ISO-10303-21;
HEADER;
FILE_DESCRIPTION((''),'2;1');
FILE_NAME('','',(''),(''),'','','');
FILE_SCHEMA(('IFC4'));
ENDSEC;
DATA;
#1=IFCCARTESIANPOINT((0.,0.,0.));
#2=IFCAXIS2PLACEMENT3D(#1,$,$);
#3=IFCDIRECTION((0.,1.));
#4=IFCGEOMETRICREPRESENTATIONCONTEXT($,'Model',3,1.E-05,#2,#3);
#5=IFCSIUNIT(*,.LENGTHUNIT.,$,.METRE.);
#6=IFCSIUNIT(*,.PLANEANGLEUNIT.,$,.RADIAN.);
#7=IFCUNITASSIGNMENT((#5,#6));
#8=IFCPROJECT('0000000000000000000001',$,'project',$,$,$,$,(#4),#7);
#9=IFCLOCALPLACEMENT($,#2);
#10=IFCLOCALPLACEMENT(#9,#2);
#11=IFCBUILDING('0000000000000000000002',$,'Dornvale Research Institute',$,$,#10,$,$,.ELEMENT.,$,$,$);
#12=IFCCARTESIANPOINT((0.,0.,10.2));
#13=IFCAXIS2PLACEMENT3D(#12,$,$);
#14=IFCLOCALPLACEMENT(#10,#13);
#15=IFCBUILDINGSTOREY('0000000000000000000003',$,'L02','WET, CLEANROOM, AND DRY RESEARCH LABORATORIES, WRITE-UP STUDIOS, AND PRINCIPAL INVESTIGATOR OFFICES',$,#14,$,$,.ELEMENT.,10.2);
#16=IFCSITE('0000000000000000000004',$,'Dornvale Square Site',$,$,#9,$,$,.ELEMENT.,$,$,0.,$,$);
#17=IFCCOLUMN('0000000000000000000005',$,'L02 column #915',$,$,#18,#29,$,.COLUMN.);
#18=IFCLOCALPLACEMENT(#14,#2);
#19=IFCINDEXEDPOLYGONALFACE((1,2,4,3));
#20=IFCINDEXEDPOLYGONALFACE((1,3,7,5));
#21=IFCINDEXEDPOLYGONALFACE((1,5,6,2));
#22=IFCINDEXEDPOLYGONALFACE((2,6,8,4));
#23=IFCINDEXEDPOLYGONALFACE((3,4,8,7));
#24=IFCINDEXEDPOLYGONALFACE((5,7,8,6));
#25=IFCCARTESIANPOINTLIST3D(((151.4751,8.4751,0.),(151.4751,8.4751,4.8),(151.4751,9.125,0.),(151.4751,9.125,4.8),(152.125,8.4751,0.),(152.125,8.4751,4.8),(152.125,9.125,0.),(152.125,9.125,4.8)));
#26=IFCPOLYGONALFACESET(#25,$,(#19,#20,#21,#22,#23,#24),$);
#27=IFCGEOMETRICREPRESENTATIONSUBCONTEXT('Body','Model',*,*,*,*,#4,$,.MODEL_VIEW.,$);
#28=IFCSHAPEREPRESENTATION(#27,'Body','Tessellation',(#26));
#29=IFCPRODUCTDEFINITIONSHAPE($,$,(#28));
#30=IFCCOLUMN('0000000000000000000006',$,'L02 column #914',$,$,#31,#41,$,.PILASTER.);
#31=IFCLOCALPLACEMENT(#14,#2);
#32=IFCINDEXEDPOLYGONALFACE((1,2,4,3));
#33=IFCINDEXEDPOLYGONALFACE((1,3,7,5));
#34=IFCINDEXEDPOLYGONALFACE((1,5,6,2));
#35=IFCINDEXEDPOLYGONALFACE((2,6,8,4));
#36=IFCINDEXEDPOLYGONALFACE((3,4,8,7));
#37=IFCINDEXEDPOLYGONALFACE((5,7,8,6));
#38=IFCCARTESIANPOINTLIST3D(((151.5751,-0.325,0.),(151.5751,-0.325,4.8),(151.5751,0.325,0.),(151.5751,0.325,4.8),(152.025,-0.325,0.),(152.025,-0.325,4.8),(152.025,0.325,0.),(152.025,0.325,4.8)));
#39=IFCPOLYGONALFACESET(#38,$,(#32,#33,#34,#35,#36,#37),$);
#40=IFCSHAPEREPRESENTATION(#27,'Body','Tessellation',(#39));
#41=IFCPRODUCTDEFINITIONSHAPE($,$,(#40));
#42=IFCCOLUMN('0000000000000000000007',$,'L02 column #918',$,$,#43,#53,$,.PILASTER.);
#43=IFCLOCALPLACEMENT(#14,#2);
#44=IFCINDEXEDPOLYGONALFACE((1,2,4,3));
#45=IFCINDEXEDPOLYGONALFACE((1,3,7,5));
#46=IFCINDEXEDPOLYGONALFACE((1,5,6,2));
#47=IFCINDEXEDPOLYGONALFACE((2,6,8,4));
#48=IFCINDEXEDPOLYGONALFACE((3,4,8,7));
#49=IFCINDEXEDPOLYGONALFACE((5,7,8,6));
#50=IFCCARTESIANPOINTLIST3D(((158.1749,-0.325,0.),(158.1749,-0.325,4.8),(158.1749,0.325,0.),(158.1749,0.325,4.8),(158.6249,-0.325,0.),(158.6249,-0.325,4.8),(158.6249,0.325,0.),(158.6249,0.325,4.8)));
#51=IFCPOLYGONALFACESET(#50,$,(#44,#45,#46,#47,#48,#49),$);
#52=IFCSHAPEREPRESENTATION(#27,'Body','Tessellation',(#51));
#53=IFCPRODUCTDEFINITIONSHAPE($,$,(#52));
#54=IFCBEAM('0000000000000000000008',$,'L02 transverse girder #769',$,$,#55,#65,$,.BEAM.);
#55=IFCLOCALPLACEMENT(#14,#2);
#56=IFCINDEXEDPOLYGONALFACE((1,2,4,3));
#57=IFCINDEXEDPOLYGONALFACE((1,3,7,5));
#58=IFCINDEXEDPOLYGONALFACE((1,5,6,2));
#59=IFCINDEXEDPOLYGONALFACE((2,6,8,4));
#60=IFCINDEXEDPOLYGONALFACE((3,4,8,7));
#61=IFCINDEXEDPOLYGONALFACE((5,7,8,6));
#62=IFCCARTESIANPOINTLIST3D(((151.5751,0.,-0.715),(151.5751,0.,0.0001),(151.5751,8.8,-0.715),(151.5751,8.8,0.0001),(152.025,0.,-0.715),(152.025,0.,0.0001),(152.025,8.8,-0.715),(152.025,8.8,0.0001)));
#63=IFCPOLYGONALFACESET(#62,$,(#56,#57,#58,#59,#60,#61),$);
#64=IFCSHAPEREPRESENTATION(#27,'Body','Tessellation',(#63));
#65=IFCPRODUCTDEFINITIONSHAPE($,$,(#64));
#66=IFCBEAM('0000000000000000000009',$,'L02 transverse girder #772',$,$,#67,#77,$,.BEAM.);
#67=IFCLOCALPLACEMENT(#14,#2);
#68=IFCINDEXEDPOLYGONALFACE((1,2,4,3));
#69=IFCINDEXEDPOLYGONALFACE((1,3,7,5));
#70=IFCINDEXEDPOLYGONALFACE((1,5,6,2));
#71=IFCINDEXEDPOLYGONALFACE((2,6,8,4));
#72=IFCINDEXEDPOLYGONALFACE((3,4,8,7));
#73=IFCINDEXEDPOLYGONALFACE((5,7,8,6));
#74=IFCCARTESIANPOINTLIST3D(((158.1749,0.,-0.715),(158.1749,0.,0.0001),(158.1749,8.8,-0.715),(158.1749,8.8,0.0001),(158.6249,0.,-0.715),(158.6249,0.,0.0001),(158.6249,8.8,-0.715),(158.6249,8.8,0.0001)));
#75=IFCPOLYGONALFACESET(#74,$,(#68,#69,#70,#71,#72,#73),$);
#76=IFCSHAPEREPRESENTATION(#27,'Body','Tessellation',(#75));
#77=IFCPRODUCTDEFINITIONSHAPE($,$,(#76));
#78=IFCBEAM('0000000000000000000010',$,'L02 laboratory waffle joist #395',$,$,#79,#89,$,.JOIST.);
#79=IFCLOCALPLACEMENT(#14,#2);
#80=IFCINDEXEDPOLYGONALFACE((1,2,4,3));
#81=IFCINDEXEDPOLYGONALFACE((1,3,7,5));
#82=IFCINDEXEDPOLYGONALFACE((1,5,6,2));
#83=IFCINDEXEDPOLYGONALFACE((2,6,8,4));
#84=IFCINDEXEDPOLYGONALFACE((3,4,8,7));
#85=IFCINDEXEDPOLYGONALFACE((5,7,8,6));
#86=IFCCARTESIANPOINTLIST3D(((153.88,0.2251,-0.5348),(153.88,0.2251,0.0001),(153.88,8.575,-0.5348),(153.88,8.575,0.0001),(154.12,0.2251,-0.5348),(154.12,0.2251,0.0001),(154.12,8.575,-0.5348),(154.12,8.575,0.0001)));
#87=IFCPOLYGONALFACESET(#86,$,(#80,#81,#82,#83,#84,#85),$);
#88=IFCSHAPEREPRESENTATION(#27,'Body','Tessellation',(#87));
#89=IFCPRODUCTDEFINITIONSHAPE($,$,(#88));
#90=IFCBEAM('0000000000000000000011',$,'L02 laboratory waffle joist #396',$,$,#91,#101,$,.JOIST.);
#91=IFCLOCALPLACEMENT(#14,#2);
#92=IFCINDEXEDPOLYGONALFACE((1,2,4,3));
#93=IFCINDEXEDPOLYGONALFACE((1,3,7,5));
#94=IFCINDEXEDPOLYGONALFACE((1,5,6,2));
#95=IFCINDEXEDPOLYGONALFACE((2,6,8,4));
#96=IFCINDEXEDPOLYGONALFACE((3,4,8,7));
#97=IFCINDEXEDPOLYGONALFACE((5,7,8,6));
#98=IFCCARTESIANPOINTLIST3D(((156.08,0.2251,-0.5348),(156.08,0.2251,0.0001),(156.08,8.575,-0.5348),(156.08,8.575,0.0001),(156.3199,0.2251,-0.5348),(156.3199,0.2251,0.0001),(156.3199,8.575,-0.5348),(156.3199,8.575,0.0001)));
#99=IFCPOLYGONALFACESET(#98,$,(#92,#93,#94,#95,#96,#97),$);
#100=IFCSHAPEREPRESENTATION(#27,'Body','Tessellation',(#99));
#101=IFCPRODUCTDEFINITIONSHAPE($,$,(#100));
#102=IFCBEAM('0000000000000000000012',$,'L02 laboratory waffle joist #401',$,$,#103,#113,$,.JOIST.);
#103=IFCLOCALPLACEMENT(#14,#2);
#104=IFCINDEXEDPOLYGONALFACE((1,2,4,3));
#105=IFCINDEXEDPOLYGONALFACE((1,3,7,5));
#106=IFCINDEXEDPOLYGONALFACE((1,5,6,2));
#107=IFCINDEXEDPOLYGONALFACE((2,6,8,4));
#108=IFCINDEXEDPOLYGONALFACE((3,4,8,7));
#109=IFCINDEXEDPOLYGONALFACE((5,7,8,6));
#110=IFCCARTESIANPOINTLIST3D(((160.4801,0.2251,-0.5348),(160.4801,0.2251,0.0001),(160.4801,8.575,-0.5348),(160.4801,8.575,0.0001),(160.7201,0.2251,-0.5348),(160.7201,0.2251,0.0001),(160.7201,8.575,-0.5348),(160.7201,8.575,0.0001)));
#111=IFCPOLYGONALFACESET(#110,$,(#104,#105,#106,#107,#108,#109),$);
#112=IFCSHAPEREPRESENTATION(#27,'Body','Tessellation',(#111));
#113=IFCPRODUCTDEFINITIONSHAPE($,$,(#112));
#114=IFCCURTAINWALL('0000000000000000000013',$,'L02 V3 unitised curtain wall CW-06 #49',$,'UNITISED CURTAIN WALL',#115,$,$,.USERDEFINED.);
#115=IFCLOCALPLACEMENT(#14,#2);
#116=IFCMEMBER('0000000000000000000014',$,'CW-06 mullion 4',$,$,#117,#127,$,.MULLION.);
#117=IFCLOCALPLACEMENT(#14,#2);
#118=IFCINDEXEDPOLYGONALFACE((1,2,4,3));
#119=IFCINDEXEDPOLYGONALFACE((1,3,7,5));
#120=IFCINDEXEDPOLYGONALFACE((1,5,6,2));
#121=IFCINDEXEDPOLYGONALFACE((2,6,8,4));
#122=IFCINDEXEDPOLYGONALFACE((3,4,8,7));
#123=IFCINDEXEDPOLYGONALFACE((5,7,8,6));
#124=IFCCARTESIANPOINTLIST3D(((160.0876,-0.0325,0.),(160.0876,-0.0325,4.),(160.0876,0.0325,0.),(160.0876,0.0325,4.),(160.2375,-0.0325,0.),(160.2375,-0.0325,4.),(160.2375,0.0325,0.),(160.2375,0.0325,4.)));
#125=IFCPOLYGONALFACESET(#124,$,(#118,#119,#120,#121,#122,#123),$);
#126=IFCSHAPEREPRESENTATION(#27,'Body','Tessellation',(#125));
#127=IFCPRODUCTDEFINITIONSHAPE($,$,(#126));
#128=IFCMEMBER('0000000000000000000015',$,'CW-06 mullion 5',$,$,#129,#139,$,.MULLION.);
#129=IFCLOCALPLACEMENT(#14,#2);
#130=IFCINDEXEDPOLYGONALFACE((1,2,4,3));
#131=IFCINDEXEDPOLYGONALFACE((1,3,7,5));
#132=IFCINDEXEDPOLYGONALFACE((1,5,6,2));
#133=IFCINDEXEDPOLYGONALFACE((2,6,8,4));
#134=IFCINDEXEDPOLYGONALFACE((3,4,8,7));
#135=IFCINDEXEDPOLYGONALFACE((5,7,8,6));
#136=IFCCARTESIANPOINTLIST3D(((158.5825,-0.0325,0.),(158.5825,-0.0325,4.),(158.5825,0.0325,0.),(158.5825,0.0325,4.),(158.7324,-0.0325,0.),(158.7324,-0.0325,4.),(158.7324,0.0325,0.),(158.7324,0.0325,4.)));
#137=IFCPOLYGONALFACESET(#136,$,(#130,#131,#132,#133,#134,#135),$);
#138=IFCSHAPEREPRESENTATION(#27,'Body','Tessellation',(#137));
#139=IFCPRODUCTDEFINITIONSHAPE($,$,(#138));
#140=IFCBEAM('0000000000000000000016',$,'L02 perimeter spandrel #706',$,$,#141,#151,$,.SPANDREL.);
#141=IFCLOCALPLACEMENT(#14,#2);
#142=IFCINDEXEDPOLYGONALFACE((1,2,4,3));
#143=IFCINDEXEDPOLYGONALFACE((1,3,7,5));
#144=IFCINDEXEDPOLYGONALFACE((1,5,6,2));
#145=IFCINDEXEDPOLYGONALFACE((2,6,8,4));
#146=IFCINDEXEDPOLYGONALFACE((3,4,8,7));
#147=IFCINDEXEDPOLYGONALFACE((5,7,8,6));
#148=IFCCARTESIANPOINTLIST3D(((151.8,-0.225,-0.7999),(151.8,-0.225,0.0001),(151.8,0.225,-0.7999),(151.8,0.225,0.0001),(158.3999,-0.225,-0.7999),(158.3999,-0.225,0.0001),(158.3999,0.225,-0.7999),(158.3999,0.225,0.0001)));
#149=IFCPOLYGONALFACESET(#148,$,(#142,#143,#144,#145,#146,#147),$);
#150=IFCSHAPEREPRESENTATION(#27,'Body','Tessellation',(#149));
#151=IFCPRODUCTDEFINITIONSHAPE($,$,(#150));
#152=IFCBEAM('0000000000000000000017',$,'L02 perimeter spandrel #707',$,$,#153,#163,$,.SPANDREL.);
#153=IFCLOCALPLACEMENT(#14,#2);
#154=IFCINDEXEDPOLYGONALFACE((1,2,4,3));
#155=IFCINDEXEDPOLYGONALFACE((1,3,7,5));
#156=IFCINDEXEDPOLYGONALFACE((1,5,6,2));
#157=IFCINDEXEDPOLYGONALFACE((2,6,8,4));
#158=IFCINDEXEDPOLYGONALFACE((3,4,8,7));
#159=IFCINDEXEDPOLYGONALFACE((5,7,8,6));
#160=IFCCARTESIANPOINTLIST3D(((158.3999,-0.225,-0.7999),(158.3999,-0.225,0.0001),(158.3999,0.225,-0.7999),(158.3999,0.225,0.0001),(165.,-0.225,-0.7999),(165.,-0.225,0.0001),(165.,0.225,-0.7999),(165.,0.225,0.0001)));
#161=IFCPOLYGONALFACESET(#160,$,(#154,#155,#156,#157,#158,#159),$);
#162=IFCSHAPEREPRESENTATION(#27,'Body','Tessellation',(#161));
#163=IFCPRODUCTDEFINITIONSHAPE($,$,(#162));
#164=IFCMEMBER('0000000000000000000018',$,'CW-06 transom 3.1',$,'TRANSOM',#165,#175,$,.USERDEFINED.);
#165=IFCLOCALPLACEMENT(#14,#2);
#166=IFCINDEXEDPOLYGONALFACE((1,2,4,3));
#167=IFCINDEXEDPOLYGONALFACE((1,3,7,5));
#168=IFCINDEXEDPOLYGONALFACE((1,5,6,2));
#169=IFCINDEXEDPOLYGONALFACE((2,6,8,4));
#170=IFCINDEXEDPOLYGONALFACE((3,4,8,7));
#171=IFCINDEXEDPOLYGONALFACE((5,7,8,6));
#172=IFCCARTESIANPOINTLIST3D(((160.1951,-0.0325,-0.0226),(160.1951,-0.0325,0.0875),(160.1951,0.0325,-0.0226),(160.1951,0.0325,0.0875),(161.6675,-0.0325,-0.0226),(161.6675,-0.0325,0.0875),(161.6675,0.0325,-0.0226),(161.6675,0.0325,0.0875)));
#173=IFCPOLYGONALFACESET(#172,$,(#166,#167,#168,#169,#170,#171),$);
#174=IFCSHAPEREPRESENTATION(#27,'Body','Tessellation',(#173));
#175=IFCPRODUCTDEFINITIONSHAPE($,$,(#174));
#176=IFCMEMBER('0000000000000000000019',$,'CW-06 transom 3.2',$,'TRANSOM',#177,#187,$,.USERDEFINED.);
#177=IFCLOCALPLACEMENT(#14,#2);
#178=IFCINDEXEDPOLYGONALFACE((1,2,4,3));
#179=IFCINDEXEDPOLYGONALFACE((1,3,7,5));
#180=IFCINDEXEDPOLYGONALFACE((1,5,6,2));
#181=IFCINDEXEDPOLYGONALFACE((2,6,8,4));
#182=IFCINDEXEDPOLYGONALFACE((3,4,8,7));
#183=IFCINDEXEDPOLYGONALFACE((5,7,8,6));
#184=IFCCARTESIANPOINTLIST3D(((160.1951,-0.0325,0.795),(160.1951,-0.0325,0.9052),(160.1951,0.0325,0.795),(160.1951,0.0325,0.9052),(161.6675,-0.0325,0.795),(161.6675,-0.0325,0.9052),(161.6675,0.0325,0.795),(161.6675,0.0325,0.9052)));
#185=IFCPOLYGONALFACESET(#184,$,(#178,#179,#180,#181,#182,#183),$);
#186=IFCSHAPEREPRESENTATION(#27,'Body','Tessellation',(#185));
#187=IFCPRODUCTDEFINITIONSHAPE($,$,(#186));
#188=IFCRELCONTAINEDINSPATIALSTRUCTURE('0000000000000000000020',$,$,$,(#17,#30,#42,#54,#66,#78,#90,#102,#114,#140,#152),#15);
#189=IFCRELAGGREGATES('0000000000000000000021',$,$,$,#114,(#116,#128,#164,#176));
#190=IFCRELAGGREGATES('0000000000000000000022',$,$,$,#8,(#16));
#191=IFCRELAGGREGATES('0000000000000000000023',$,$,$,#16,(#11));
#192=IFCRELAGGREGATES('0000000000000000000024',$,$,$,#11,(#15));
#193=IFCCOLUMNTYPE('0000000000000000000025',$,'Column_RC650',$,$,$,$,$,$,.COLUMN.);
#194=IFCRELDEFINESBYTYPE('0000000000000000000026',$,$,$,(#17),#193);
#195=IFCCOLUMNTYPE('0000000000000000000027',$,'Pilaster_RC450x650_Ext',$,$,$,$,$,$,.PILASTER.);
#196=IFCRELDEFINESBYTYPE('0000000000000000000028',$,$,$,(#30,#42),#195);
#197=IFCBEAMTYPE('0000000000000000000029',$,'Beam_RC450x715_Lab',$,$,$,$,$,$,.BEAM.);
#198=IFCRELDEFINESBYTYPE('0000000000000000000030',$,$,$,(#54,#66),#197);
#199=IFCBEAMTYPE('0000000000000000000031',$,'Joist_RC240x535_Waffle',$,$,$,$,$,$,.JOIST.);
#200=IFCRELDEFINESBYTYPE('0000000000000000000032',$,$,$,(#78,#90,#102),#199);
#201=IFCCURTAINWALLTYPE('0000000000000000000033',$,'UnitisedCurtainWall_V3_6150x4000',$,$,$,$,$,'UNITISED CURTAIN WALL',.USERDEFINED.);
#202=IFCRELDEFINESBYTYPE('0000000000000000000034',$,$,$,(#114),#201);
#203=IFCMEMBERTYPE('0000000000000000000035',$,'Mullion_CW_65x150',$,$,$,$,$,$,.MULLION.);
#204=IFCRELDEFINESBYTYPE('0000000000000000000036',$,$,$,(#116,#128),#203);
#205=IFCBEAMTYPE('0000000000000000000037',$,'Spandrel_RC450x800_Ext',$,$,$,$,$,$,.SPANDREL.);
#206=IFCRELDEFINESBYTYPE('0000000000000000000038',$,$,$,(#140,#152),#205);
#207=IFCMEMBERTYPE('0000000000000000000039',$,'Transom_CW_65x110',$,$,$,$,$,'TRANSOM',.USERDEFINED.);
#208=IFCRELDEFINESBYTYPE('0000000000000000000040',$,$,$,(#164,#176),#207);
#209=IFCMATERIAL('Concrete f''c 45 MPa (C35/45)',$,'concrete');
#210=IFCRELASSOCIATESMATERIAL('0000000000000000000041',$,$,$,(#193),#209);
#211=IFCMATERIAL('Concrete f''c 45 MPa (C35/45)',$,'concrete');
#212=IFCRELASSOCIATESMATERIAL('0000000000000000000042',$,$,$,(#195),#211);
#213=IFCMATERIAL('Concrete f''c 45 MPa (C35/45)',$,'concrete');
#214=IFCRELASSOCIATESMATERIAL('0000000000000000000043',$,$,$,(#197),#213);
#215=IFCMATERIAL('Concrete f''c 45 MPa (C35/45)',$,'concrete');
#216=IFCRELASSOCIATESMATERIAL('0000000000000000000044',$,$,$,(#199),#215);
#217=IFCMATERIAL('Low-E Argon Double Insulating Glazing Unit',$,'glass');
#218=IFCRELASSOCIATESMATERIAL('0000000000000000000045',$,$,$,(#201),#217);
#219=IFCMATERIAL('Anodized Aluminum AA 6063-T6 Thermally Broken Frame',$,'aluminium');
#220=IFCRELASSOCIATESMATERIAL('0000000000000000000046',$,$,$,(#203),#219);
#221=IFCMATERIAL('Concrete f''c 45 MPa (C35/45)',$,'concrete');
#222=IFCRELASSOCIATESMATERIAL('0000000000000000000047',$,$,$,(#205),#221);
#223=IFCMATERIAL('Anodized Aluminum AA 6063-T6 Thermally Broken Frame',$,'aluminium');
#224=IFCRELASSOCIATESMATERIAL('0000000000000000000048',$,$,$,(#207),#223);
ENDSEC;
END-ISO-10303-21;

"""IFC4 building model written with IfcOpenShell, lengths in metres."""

from ifc_helpers import new_model, si_unit, direction, frame, origin, origin_2d, place, context, subcontext, project, spatial, rectangle, extrude, material, material_profile, profile_set, type_object, element, aggregate, save


model = new_model("IFC4")

# Units and contexts
model_context = context("Model", 3, precision=1e-05, world=origin(), true_north=direction((0.0, 1.0)))
body_context = subcontext(model_context, "Body", "Model", "MODEL_VIEW")
ifc_project = project(units=[si_unit("LENGTHUNIT", "METRE"), si_unit("PLANEANGLEUNIT", "RADIAN")], contexts=[model_context])

# Site, building, storey
site_placement = place(None, origin())
site = spatial("IfcSite", under=ifc_project, at=site_placement, Name="Dornvale Square Site", CompositionType="ELEMENT", RefElevation=0.0)
building_placement = place(site_placement, origin())
building = spatial("IfcBuilding", under=site, at=building_placement, Name="Dornvale Research Institute", CompositionType="ELEMENT")
storey_placement = place(building_placement, frame((0.0, 0.0, 10.2)))
storey = spatial("IfcBuildingStorey", under=building, at=storey_placement, Name="L02", Description="WET, CLEANROOM, AND DRY RESEARCH LABORATORIES, WRITE-UP STUDIOS, AND PRINCIPAL INVESTIGATOR OFFICES", CompositionType="ELEMENT", Elevation=10.2)

# Columns
ifc_material_1 = material(Name="Concrete f'c 45 MPa (C35/45)", Category="concrete")
ifc_material_profile_1 = material_profile(ifc_material_1, rectangle(XDim=0.6499, YDim=0.6499, at=origin_2d()), Name="RC 650x650")
ifc_profile_set_1 = profile_set([ifc_material_profile_1], Name="Concrete f'c 45 MPa (C35/45)")
column_type_1 = type_object("IfcColumnType", Name="Column_RC650", PredefinedType="COLUMN", material=ifc_profile_set_1)
column_placement = place(storey_placement, frame((151.8, 8.8, 0.0), z_axis=(0.0, 0.0, 1.0), x_axis=(1.0, 0.0, 0.0)))
element("IfcColumn", 1, at=column_placement, inside=storey, type_object=column_type_1, Name="L02 column #915", PredefinedType="COLUMN", context=body_context, shape_type="SweptSolid", body=[
    extrude(rectangle(XDim=0.6499, YDim=0.6499, at=origin_2d()), origin(), (0.0, 0.0, 1.0), 4.8),
])
ifc_material_2 = material(Name="Concrete f'c 45 MPa (C35/45)", Category="concrete")
ifc_material_profile_2 = material_profile(ifc_material_2, rectangle(XDim=0.45, YDim=0.6499, at=origin_2d()), Name="RC 450x650")
ifc_profile_set_2 = profile_set([ifc_material_profile_2], Name="Concrete f'c 45 MPa (C35/45)")
column_type_2 = type_object("IfcColumnType", Name="Pilaster_RC450x650_Ext", PredefinedType="PILASTER", material=ifc_profile_set_2)
for number, where, z_axis, x_axis, name in (
    (2, (151.8, 0.0, 0.0), (0.0, 0.0, 1.0), (1.0, 0.0, 0.0), "L02 column #914"),
    (3, (158.3999, 0.0, 0.0), (0.0, 0.0, 1.0), (1.0, 0.0, 0.0), "L02 column #918"),
):
    element("IfcColumn", number, at=place(storey_placement, frame(where, z_axis=z_axis, x_axis=x_axis)), inside=storey, type_object=column_type_2, Name=name, PredefinedType="PILASTER", context=body_context, shape_type="SweptSolid", body=[
        extrude(rectangle(XDim=0.45, YDim=0.6499, at=origin_2d()), origin(), (0.0, 0.0, 1.0), 4.8),
    ])

# Beams
ifc_material_3 = material(Name="Concrete f'c 45 MPa (C35/45)", Category="concrete")
ifc_material_profile_3 = material_profile(ifc_material_3, rectangle(XDim=0.45, YDim=0.7151, at=origin_2d()), Name="RC 450x715")
ifc_profile_set_3 = profile_set([ifc_material_profile_3], Name="Concrete f'c 45 MPa (C35/45)")
beam_type_1 = type_object("IfcBeamType", Name="Beam_RC450x715_Lab", PredefinedType="BEAM", material=ifc_profile_set_3)
for number, where, z_axis, x_axis, name in (
    (4, (151.8, 0.0, -0.3574), (0.0, 1.0, 0.0), (-1.0, 0.0, 0.0), "L02 transverse girder #769"),
    (5, (158.3999, 0.0, -0.3574), (0.0, 1.0, 0.0), (-1.0, 0.0, 0.0), "L02 transverse girder #772"),
):
    element("IfcBeam", number, at=place(storey_placement, frame(where, z_axis=z_axis, x_axis=x_axis)), inside=storey, type_object=beam_type_1, Name=name, PredefinedType="BEAM", context=body_context, shape_type="SweptSolid", body=[
        extrude(rectangle(XDim=0.45, YDim=0.7151, at=origin_2d()), origin(), (0.0, 0.0, 1.0), 8.8),
    ])
ifc_material_4 = material(Name="Concrete f'c 45 MPa (C35/45)", Category="concrete")
ifc_material_profile_4 = material_profile(ifc_material_4, rectangle(XDim=0.24, YDim=0.5349, at=origin_2d()), Name="RC 240x535")
ifc_profile_set_4 = profile_set([ifc_material_profile_4], Name="Concrete f'c 45 MPa (C35/45)")
beam_type_2 = type_object("IfcBeamType", Name="Joist_RC240x535_Waffle", PredefinedType="JOIST", material=ifc_profile_set_4)
for number, where, z_axis, x_axis, name in (
    (6, (154.0, 0.2251, -0.2673), (0.0, 1.0, 0.0), (-1.0, 0.0, 0.0), "L02 laboratory waffle joist #395"),
    (7, (156.2, 0.2251, -0.2673), (0.0, 1.0, 0.0), (-1.0, 0.0, 0.0), "L02 laboratory waffle joist #396"),
    (8, (160.6001, 0.2251, -0.2673), (0.0, 1.0, 0.0), (-1.0, 0.0, 0.0), "L02 laboratory waffle joist #401"),
):
    element("IfcBeam", number, at=place(storey_placement, frame(where, z_axis=z_axis, x_axis=x_axis)), inside=storey, type_object=beam_type_2, Name=name, PredefinedType="JOIST", context=body_context, shape_type="SweptSolid", body=[
        extrude(rectangle(XDim=0.24, YDim=0.5349, at=origin_2d()), origin(), (0.0, 0.0, 1.0), 8.3499),
    ])

# Curtain wall, members
ifc_material_5 = material(Name="Low-E Argon Double Insulating Glazing Unit", Category="glass")
curtain_wall_type = type_object("IfcCurtainWallType", Name="UnitisedCurtainWall_V3_6150x4000", ElementType="UNITISED CURTAIN WALL", PredefinedType="USERDEFINED", material=ifc_material_5)
curtain_wall_placement = place(storey_placement, origin())
curtain_wall = element("IfcCurtainWall", 9, at=curtain_wall_placement, inside=storey, type_object=curtain_wall_type, Name="L02 V3 unitised curtain wall CW-06 #49", ObjectType="UNITISED CURTAIN WALL", PredefinedType="USERDEFINED")
ifc_material_6 = material(Name="Anodized Aluminum AA 6063-T6 Thermally Broken Frame", Category="aluminium")
ifc_material_profile_5 = material_profile(ifc_material_6, rectangle(XDim=0.0649, YDim=0.1499, at=origin_2d()), Name="ALU MULLION 65x150")
ifc_profile_set_5 = profile_set([ifc_material_profile_5], Name="Anodized Aluminum AA 6063-T6 Thermally Broken Frame")
member_type_1 = type_object("IfcMemberType", Name="Mullion_CW_65x150", PredefinedType="MULLION", material=ifc_profile_set_5)
member_1_placement = place(storey_placement, frame((160.1626, 0.0, 0.0), z_axis=(0.0, 0.0, 1.0), x_axis=(0.0, -1.0, 0.0)))
member_1 = element("IfcMember", 10, at=member_1_placement, type_object=member_type_1, Name="CW-06 mullion 4", PredefinedType="MULLION", context=body_context, shape_type="SweptSolid", body=[
    extrude(rectangle(XDim=0.0649, YDim=0.1499, at=origin_2d()), origin(), (0.0, 0.0, 1.0), 4.0),
])
member_2_placement = place(storey_placement, frame((158.6575, 0.0, 0.0), z_axis=(0.0, 0.0, 1.0), x_axis=(0.0, -1.0, 0.0)))
member_2 = element("IfcMember", 11, at=member_2_placement, type_object=member_type_1, Name="CW-06 mullion 5", PredefinedType="MULLION", context=body_context, shape_type="SweptSolid", body=[
    extrude(rectangle(XDim=0.0649, YDim=0.1499, at=origin_2d()), origin(), (0.0, 0.0, 1.0), 4.0),
])

# Beams
ifc_material_7 = material(Name="Concrete f'c 45 MPa (C35/45)", Category="concrete")
ifc_material_profile_6 = material_profile(ifc_material_7, rectangle(XDim=0.45, YDim=0.8, at=origin_2d()), Name="RC 450x800")
ifc_profile_set_6 = profile_set([ifc_material_profile_6], Name="Concrete f'c 45 MPa (C35/45)")
beam_type_3 = type_object("IfcBeamType", Name="Spandrel_RC450x800_Ext", PredefinedType="SPANDREL", material=ifc_profile_set_6)
beam_1_placement = place(storey_placement, frame((151.8, 0.0, -0.3999), z_axis=(1.0, 0.0, 0.0), x_axis=(0.0, 1.0, 0.0)))
element("IfcBeam", 12, at=beam_1_placement, inside=storey, type_object=beam_type_3, Name="L02 perimeter spandrel #706", PredefinedType="SPANDREL", context=body_context, shape_type="SweptSolid", body=[
    extrude(rectangle(XDim=0.45, YDim=0.8, at=origin_2d()), origin(), (0.0, 0.0, 1.0), 6.5999),
])
beam_2_placement = place(storey_placement, frame((158.3999, 0.0, -0.3999), z_axis=(1.0, 0.0, 0.0), x_axis=(0.0, 1.0, 0.0)))
element("IfcBeam", 13, at=beam_2_placement, inside=storey, type_object=beam_type_3, Name="L02 perimeter spandrel #707", PredefinedType="SPANDREL", context=body_context, shape_type="SweptSolid", body=[
    extrude(rectangle(XDim=0.45, YDim=0.8, at=origin_2d()), origin(), (0.0, 0.0, 1.0), 6.6001),
])

# Members
ifc_material_8 = material(Name="Anodized Aluminum AA 6063-T6 Thermally Broken Frame", Category="aluminium")
ifc_material_profile_7 = material_profile(ifc_material_8, rectangle(XDim=0.0649, YDim=0.1101, at=origin_2d()), Name="ALU TRANSOM 65x110")
ifc_profile_set_7 = profile_set([ifc_material_profile_7], Name="Anodized Aluminum AA 6063-T6 Thermally Broken Frame")
member_type_2 = type_object("IfcMemberType", Name="Transom_CW_65x110", ElementType="TRANSOM", PredefinedType="USERDEFINED", material=ifc_profile_set_7)
member_3_placement = place(storey_placement, frame((161.6675, 0.0, 0.0325), z_axis=(-1.0, 0.0, 0.0), x_axis=(0.0, -1.0, 0.0)))
member_3 = element("IfcMember", 14, at=member_3_placement, type_object=member_type_2, Name="CW-06 transom 3.1", ObjectType="TRANSOM", PredefinedType="USERDEFINED", context=body_context, shape_type="SweptSolid", body=[
    extrude(rectangle(XDim=0.0649, YDim=0.1101, at=origin_2d()), origin(), (0.0, 0.0, 1.0), 1.4724),
])
member_4_placement = place(storey_placement, frame((161.6675, 0.0, 0.8501), z_axis=(-1.0, 0.0, 0.0), x_axis=(0.0, -1.0, 0.0)))
member_4 = element("IfcMember", 15, at=member_4_placement, type_object=member_type_2, Name="CW-06 transom 3.2", ObjectType="TRANSOM", PredefinedType="USERDEFINED", context=body_context, shape_type="SweptSolid", body=[
    extrude(rectangle(XDim=0.0649, YDim=0.1101, at=origin_2d()), origin(), (0.0, 0.0, 1.0), 1.4724),
])

aggregate(curtain_wall, [member_1, member_2, member_3, member_4])

save(model, "model.ifc")
